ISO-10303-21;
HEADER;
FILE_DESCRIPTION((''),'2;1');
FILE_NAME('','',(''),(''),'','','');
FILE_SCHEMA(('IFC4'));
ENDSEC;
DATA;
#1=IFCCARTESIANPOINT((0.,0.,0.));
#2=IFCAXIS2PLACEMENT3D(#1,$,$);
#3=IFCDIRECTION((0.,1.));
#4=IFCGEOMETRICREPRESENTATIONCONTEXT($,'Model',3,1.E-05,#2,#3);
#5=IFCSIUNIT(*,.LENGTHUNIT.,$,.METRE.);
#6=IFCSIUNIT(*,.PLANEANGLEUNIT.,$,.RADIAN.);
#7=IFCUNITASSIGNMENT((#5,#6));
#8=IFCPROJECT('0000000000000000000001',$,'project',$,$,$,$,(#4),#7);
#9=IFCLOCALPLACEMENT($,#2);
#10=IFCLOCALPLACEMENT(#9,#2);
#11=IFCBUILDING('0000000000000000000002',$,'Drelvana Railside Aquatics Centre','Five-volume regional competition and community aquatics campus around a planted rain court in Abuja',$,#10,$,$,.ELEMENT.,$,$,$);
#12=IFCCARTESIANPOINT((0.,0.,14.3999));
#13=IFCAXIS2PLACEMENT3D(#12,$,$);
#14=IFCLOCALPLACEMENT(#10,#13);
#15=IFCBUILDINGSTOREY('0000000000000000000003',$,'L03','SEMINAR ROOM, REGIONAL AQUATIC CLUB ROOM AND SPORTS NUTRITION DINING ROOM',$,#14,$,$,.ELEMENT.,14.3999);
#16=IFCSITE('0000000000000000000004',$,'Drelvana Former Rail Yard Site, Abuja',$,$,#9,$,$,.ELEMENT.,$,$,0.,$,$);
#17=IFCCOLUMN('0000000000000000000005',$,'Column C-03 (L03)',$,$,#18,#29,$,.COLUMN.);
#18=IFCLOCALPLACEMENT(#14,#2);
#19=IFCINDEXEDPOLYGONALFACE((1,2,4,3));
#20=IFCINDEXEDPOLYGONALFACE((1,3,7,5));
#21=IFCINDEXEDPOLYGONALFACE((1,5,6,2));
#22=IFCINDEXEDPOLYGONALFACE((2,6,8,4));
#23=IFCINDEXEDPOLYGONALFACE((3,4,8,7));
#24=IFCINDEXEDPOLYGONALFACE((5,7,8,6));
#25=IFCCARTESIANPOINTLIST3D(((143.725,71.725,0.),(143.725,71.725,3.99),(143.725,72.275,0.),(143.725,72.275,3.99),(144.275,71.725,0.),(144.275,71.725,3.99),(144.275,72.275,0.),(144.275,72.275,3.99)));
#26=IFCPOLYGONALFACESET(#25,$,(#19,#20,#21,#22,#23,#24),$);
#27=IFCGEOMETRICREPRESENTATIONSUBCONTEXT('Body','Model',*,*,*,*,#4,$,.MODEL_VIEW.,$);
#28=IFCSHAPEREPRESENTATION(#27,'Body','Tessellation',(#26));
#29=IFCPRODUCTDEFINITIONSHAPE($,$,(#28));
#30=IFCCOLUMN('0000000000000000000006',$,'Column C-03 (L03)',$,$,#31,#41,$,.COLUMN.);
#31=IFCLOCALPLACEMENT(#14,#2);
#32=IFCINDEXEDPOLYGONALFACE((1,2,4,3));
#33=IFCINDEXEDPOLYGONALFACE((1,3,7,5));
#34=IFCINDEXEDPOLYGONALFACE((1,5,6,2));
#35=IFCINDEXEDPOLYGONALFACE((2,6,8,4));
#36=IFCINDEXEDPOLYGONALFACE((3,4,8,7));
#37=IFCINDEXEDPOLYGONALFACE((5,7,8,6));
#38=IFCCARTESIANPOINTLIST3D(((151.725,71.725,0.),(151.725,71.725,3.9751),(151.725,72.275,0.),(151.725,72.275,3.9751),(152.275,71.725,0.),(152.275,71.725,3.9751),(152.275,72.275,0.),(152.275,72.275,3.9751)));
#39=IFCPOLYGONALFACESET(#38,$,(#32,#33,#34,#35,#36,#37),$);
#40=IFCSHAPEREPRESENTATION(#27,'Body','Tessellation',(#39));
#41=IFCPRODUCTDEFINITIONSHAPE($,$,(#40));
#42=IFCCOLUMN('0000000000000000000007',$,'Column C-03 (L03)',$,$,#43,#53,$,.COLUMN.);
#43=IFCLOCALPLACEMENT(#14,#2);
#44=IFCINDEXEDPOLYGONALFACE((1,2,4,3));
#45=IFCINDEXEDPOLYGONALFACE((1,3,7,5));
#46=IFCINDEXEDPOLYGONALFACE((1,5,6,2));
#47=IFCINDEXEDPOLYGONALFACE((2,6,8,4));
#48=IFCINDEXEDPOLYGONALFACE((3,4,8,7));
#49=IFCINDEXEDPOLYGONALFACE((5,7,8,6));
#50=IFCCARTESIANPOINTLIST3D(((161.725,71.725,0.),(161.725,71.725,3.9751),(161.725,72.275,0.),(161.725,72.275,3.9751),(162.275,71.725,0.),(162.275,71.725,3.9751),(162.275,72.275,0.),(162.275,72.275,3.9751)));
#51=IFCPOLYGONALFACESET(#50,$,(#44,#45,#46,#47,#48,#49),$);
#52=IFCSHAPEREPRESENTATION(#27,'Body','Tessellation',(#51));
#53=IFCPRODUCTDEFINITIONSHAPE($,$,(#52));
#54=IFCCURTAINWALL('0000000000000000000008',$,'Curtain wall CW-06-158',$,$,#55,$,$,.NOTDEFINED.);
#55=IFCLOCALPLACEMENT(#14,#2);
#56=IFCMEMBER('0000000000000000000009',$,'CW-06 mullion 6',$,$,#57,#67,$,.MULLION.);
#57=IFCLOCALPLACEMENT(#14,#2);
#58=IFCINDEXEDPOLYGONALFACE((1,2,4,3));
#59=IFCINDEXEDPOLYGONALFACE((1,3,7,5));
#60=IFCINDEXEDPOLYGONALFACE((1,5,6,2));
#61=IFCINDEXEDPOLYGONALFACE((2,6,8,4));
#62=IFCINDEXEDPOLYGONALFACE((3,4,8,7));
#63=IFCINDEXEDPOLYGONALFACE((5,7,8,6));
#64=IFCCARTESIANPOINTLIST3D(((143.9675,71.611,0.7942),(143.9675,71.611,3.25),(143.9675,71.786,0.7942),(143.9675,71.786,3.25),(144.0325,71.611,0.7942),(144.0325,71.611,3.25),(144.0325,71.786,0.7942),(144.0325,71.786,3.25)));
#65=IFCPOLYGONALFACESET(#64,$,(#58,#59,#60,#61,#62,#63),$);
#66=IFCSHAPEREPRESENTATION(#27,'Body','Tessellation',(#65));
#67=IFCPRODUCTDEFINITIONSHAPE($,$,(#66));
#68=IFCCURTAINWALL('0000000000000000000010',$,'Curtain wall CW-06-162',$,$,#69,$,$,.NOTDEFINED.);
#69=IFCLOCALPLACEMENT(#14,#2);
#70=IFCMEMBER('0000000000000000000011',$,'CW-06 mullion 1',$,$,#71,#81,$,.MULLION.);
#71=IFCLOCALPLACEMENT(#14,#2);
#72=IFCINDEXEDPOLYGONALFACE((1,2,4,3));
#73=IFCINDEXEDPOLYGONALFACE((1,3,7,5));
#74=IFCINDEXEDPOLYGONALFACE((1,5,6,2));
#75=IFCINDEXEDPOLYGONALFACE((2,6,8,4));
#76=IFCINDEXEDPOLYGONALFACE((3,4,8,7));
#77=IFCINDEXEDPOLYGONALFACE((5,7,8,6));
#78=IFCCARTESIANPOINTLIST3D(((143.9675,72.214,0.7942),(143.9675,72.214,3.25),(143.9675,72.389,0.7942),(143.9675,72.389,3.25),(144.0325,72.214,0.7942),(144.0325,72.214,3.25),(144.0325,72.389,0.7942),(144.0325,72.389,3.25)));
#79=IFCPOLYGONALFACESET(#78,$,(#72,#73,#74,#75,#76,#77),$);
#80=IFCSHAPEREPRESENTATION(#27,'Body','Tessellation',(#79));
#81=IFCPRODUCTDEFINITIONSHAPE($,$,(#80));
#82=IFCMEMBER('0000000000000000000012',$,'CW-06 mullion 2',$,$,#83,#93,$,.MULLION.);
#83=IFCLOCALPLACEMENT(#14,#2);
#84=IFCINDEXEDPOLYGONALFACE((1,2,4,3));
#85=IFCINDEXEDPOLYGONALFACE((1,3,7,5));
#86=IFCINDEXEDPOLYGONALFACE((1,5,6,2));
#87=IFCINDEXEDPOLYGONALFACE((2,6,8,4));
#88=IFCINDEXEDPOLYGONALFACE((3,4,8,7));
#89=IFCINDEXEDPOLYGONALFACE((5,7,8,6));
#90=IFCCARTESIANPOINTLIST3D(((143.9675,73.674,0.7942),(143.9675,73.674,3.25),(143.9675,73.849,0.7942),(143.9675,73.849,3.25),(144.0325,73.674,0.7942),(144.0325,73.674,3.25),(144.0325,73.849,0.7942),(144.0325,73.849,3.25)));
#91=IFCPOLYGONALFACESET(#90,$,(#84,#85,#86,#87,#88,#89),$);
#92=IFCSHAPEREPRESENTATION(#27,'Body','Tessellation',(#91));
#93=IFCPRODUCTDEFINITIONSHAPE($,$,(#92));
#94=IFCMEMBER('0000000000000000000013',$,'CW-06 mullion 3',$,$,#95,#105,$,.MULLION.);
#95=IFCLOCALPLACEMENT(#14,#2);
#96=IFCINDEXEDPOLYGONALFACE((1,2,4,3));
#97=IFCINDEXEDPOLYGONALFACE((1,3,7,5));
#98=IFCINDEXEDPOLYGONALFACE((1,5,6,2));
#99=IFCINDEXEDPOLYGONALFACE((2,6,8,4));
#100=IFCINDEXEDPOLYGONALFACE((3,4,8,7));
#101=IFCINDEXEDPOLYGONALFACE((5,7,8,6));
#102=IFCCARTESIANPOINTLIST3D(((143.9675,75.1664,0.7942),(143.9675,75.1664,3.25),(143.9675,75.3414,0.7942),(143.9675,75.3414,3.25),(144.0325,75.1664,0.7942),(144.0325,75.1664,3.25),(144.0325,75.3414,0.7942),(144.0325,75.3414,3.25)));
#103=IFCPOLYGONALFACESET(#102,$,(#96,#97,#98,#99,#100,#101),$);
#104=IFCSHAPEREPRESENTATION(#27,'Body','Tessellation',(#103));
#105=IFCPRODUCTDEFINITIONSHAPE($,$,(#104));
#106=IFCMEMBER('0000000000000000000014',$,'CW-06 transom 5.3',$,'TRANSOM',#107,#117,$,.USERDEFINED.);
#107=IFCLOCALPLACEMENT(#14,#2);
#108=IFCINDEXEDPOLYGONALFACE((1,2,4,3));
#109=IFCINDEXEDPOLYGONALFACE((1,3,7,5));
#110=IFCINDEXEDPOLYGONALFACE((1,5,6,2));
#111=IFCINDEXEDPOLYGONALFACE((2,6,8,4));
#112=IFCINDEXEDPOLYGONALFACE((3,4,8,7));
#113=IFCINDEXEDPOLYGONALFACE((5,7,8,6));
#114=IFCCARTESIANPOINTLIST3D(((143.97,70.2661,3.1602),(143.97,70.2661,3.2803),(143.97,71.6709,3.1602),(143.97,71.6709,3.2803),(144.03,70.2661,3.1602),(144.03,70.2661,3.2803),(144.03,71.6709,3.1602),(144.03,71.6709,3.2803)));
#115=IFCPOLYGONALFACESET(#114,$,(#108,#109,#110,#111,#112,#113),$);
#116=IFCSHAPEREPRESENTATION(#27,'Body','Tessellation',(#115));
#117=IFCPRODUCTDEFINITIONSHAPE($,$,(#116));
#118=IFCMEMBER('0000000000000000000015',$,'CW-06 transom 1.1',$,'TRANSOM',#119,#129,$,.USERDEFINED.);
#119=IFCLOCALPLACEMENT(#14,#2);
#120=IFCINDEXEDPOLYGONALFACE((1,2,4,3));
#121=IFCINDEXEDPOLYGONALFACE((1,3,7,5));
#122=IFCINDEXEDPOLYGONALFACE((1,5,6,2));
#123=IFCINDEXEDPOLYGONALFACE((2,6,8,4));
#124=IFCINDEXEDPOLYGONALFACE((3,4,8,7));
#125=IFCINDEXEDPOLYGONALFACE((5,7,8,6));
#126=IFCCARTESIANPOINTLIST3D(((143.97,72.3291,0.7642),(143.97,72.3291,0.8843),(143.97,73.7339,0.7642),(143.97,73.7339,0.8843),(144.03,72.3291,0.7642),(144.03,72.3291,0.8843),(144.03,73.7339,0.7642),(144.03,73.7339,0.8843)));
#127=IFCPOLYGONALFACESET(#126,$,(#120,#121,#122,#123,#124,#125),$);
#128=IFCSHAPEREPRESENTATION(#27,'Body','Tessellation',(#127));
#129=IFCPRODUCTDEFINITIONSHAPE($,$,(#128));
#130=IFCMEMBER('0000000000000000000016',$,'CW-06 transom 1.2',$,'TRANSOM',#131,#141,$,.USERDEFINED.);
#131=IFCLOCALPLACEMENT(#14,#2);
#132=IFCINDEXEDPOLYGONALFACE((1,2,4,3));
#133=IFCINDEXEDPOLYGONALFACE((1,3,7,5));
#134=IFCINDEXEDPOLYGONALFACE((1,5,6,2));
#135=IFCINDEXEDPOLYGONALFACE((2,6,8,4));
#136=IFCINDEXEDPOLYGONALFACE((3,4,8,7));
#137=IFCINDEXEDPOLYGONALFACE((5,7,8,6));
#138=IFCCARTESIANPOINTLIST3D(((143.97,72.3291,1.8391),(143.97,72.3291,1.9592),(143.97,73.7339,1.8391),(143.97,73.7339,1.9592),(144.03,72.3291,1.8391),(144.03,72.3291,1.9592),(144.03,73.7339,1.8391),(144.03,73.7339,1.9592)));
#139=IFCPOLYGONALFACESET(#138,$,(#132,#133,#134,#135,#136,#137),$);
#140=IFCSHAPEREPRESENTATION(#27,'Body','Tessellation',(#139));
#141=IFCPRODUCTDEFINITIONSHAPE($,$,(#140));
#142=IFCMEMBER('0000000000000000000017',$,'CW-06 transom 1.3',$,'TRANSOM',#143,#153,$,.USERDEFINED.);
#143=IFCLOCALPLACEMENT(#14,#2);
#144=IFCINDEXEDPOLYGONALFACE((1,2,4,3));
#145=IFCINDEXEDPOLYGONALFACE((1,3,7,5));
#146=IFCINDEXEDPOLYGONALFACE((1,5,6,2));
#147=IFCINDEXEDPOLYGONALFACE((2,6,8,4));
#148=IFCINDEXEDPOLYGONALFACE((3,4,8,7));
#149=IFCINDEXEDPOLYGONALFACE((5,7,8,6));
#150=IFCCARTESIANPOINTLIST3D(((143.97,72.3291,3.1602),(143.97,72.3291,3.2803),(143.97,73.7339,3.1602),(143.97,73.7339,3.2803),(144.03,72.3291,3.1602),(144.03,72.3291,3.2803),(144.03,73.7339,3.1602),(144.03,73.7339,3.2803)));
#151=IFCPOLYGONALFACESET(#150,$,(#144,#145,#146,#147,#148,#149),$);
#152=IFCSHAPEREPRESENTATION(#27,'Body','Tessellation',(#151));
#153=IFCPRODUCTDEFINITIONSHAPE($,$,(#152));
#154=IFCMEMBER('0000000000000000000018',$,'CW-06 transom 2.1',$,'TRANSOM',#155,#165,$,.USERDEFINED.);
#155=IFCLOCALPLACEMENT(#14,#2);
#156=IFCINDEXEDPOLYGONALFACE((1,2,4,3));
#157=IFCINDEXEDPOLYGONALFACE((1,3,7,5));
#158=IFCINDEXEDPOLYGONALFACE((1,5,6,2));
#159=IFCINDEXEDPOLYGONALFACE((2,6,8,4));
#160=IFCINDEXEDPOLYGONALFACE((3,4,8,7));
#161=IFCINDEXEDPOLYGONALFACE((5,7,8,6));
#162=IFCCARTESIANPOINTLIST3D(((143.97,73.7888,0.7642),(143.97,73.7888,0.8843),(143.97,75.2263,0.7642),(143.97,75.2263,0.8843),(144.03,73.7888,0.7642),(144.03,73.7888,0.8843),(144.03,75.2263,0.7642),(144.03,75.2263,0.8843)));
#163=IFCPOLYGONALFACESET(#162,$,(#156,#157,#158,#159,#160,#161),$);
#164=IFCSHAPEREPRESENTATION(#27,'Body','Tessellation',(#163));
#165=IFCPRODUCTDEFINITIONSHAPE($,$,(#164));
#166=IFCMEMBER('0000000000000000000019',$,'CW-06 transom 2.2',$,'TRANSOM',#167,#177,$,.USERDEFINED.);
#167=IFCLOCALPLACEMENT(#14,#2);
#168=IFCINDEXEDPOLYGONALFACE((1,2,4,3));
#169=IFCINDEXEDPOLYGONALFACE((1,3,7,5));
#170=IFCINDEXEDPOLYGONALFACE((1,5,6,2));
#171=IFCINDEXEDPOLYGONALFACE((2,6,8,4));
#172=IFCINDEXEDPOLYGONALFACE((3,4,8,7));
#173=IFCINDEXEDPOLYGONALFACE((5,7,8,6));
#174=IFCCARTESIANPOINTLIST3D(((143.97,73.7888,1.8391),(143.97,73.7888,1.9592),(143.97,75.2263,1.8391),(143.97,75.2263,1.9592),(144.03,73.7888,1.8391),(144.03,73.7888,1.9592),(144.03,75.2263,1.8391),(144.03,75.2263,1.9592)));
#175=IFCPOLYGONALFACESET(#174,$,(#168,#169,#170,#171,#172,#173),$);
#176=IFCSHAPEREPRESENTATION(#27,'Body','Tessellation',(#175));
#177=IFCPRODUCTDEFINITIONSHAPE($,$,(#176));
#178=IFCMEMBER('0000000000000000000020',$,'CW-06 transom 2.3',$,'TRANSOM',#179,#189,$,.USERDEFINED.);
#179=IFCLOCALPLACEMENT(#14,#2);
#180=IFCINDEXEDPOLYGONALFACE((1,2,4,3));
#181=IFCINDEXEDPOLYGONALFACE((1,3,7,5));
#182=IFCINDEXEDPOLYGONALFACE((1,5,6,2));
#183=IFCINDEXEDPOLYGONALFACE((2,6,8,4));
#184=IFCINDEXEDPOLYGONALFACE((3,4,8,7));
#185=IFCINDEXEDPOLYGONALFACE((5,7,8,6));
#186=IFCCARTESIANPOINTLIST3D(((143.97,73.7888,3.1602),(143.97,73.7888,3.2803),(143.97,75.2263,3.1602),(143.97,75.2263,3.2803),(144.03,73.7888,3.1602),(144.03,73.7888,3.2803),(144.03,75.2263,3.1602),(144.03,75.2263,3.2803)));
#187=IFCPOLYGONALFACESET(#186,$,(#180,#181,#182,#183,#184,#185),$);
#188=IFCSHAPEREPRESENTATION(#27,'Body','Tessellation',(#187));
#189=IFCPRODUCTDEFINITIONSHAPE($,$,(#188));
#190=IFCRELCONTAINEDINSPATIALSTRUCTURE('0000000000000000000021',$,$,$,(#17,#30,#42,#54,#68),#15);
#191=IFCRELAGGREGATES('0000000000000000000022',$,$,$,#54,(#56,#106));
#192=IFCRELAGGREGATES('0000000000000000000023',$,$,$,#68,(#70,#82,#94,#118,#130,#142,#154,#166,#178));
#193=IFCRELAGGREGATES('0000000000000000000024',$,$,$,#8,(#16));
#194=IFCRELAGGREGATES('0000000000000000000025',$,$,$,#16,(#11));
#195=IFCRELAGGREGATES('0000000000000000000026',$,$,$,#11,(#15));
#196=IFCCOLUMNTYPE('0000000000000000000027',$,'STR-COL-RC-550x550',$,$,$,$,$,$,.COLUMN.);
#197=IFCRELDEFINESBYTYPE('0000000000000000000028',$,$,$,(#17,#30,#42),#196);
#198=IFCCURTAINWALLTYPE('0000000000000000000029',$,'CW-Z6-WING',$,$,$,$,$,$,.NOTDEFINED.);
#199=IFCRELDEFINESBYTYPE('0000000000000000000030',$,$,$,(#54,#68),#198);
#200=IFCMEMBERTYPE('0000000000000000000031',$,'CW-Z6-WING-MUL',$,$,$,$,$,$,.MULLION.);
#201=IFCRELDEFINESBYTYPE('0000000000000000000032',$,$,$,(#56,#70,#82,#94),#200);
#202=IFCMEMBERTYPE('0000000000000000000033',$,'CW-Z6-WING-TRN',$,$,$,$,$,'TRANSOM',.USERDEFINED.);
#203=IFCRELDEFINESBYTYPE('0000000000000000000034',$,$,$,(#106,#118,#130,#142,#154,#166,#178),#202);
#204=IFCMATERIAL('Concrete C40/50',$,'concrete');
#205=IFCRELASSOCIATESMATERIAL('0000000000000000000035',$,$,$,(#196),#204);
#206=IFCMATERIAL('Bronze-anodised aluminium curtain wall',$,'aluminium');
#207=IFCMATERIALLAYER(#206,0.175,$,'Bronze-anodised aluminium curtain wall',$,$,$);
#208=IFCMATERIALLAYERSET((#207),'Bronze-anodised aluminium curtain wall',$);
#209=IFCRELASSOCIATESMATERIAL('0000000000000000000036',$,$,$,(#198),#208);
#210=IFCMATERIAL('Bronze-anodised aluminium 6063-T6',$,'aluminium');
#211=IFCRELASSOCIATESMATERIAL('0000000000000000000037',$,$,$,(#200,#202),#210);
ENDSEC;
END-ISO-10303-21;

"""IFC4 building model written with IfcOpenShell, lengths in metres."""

from ifc_helpers import new_model, si_unit, direction, frame, origin, origin_2d, place, context, subcontext, project, spatial, rectangle, extrude, material, layer, layer_set, material_profile, profile_set, type_object, element, aggregate, save


model = new_model("IFC4")

# Units and contexts
model_context = context("Model", 3, precision=1e-05, world=origin(), true_north=direction((0.0, 1.0)))
body_context = subcontext(model_context, "Body", "Model", "MODEL_VIEW")
ifc_project = project(units=[si_unit("LENGTHUNIT", "METRE"), si_unit("PLANEANGLEUNIT", "RADIAN")], contexts=[model_context])

# Site, building, storey
site_placement = place(None, origin())
site = spatial("IfcSite", under=ifc_project, at=site_placement, Name="Drelvana Former Rail Yard Site, Abuja", CompositionType="ELEMENT", RefElevation=0.0)
building_placement = place(site_placement, origin())
building = spatial("IfcBuilding", under=site, at=building_placement, Name="Drelvana Railside Aquatics Centre", Description="Five-volume regional competition and community aquatics campus around a planted rain court in Abuja", CompositionType="ELEMENT")
storey_placement = place(building_placement, frame((0.0, 0.0, 14.3999)))
storey = spatial("IfcBuildingStorey", under=building, at=storey_placement, Name="L03", Description="SEMINAR ROOM, REGIONAL AQUATIC CLUB ROOM AND SPORTS NUTRITION DINING ROOM", CompositionType="ELEMENT", Elevation=14.3999)

# Columns
ifc_material_1 = material(Name="Concrete C40/50", Category="concrete")
ifc_material_profile_1 = material_profile(ifc_material_1, rectangle(XDim=0.55, YDim=0.55, at=origin_2d()), Name="RC 550x550")
ifc_profile_set_1 = profile_set([ifc_material_profile_1], Name="Concrete C40/50")
column_type = type_object("IfcColumnType", Name="STR-COL-RC-550x550", PredefinedType="COLUMN", material=ifc_profile_set_1)
column_placement = place(storey_placement, frame((144.0, 72.0, 0.0), z_axis=(0.0, 0.0, 1.0), x_axis=(1.0, 0.0, 0.0)))
element("IfcColumn", 1, at=column_placement, inside=storey, type_object=column_type, Name="Column C-03 (L03)", PredefinedType="COLUMN", context=body_context, shape_type="SweptSolid", body=[
    extrude(rectangle(XDim=0.55, YDim=0.55, at=origin_2d()), origin(), (0.0, 0.0, 1.0), 3.99),
])
for number, where, z_axis, x_axis, name in (
    (2, (152.0, 72.0, 0.0), (0.0, 0.0, 1.0), (1.0, 0.0, 0.0), "Column C-03 (L03)"),
    (3, (162.0, 72.0, 0.0), (0.0, 0.0, 1.0), (1.0, 0.0, 0.0), "Column C-03 (L03)"),
):
    element("IfcColumn", number, at=place(storey_placement, frame(where, z_axis=z_axis, x_axis=x_axis)), inside=storey, type_object=column_type, Name=name, PredefinedType="COLUMN", context=body_context, shape_type="SweptSolid", body=[
        extrude(rectangle(XDim=0.55, YDim=0.55, at=origin_2d()), origin(), (0.0, 0.0, 1.0), 3.9751),
    ])

# Curtain wall, member
ifc_material_2 = material(Name="Bronze-anodised aluminium curtain wall", Category="aluminium")
ifc_layer_1 = layer(ifc_material_2, 0.175, Name="Bronze-anodised aluminium curtain wall")
ifc_layer_set_1 = layer_set([ifc_layer_1], Name="Bronze-anodised aluminium curtain wall")
curtain_wall_type = type_object("IfcCurtainWallType", Name="CW-Z6-WING", PredefinedType="NOTDEFINED", material=ifc_layer_set_1)
curtain_wall_1_placement = place(storey_placement, origin())
curtain_wall_1 = element("IfcCurtainWall", 4, at=curtain_wall_1_placement, inside=storey, type_object=curtain_wall_type, Name="Curtain wall CW-06-158", PredefinedType="NOTDEFINED")
ifc_material_3 = material(Name="Bronze-anodised aluminium 6063-T6", Category="aluminium")
ifc_material_profile_2 = material_profile(ifc_material_3, rectangle(XDim=0.0649, YDim=0.175, at=origin_2d()), Name="ALU-M 65x175")
ifc_profile_set_2 = profile_set([ifc_material_profile_2], Name="Bronze-anodised aluminium 6063-T6")
member_type_1 = type_object("IfcMemberType", Name="CW-Z6-WING-MUL", PredefinedType="MULLION", material=ifc_profile_set_2)
member_1_placement = place(storey_placement, frame((144.0, 71.6985, 0.7942), z_axis=(0.0, 0.0, 1.0), x_axis=(-1.0, 0.0, 0.0)))
member_1 = element("IfcMember", 5, at=member_1_placement, type_object=member_type_1, Name="CW-06 mullion 6", PredefinedType="MULLION", context=body_context, shape_type="SweptSolid", body=[
    extrude(rectangle(XDim=0.0649, YDim=0.175, at=origin_2d()), origin(), (0.0, 0.0, 1.0), 2.4558),
])

# Curtain wall, members
curtain_wall_2_placement = place(storey_placement, origin())
curtain_wall_2 = element("IfcCurtainWall", 6, at=curtain_wall_2_placement, inside=storey, type_object=curtain_wall_type, Name="Curtain wall CW-06-162", PredefinedType="NOTDEFINED")
member_2_placement = place(storey_placement, frame((144.0, 72.3015, 0.7942), z_axis=(0.0, 0.0, 1.0), x_axis=(-1.0, 0.0, 0.0)))
member_2 = element("IfcMember", 7, at=member_2_placement, type_object=member_type_1, Name="CW-06 mullion 1", PredefinedType="MULLION", context=body_context, shape_type="SweptSolid", body=[
    extrude(rectangle(XDim=0.0649, YDim=0.175, at=origin_2d()), origin(), (0.0, 0.0, 1.0), 2.4558),
])
member_3_placement = place(storey_placement, frame((144.0, 73.7615, 0.7942), z_axis=(0.0, 0.0, 1.0), x_axis=(-1.0, 0.0, 0.0)))
member_3 = element("IfcMember", 8, at=member_3_placement, type_object=member_type_1, Name="CW-06 mullion 2", PredefinedType="MULLION", context=body_context, shape_type="SweptSolid", body=[
    extrude(rectangle(XDim=0.0649, YDim=0.175, at=origin_2d()), origin(), (0.0, 0.0, 1.0), 2.4558),
])
member_4_placement = place(storey_placement, frame((144.0, 75.2539, 0.7942), z_axis=(0.0, 0.0, 1.0), x_axis=(-1.0, 0.0, 0.0)))
member_4 = element("IfcMember", 9, at=member_4_placement, type_object=member_type_1, Name="CW-06 mullion 3", PredefinedType="MULLION", context=body_context, shape_type="SweptSolid", body=[
    extrude(rectangle(XDim=0.0649, YDim=0.175, at=origin_2d()), origin(), (0.0, 0.0, 1.0), 2.4558),
])

# Members
ifc_material_profile_3 = material_profile(ifc_material_3, rectangle(XDim=0.1201, YDim=0.0601, at=origin_2d()), Name="ALU-T 60x120")
ifc_profile_set_3 = profile_set([ifc_material_profile_3], Name="Bronze-anodised aluminium 6063-T6")
member_type_2 = type_object("IfcMemberType", Name="CW-Z6-WING-TRN", ElementType="TRANSOM", PredefinedType="USERDEFINED", material=ifc_profile_set_3)
member_5_placement = place(storey_placement, frame((144.0, 70.2661, 3.2202), z_axis=(0.0, 1.0, 0.0), x_axis=(0.0, 0.0, 1.0)))
member_5 = element("IfcMember", 10, at=member_5_placement, type_object=member_type_2, Name="CW-06 transom 5.3", ObjectType="TRANSOM", PredefinedType="USERDEFINED", context=body_context, shape_type="SweptSolid", body=[
    extrude(rectangle(XDim=0.1201, YDim=0.0601, at=origin_2d()), origin(), (0.0, 0.0, 1.0), 1.4048),
])
member_6_placement = place(storey_placement, frame((144.0, 72.3291, 0.8242), z_axis=(0.0, 1.0, 0.0), x_axis=(0.0, 0.0, 1.0)))
member_6 = element("IfcMember", 11, at=member_6_placement, type_object=member_type_2, Name="CW-06 transom 1.1", ObjectType="TRANSOM", PredefinedType="USERDEFINED", context=body_context, shape_type="SweptSolid", body=[
    extrude(rectangle(XDim=0.1201, YDim=0.0601, at=origin_2d()), origin(), (0.0, 0.0, 1.0), 1.4048),
])
member_7_placement = place(storey_placement, frame((144.0, 72.3291, 1.8992), z_axis=(0.0, 1.0, 0.0), x_axis=(0.0, 0.0, 1.0)))
member_7 = element("IfcMember", 12, at=member_7_placement, type_object=member_type_2, Name="CW-06 transom 1.2", ObjectType="TRANSOM", PredefinedType="USERDEFINED", context=body_context, shape_type="SweptSolid", body=[
    extrude(rectangle(XDim=0.1201, YDim=0.0601, at=origin_2d()), origin(), (0.0, 0.0, 1.0), 1.4048),
])
member_8_placement = place(storey_placement, frame((144.0, 72.3291, 3.2202), z_axis=(0.0, 1.0, 0.0), x_axis=(0.0, 0.0, 1.0)))
member_8 = element("IfcMember", 13, at=member_8_placement, type_object=member_type_2, Name="CW-06 transom 1.3", ObjectType="TRANSOM", PredefinedType="USERDEFINED", context=body_context, shape_type="SweptSolid", body=[
    extrude(rectangle(XDim=0.1201, YDim=0.0601, at=origin_2d()), origin(), (0.0, 0.0, 1.0), 1.4048),
])
member_9_placement = place(storey_placement, frame((144.0, 73.7888, 0.8242), z_axis=(0.0, 1.0, 0.0), x_axis=(0.0, 0.0, 1.0)))
member_9 = element("IfcMember", 14, at=member_9_placement, type_object=member_type_2, Name="CW-06 transom 2.1", ObjectType="TRANSOM", PredefinedType="USERDEFINED", context=body_context, shape_type="SweptSolid", body=[
    extrude(rectangle(XDim=0.1201, YDim=0.0601, at=origin_2d()), origin(), (0.0, 0.0, 1.0), 1.4375),
])
member_10_placement = place(storey_placement, frame((144.0, 73.7888, 1.8992), z_axis=(0.0, 1.0, 0.0), x_axis=(0.0, 0.0, 1.0)))
member_10 = element("IfcMember", 15, at=member_10_placement, type_object=member_type_2, Name="CW-06 transom 2.2", ObjectType="TRANSOM", PredefinedType="USERDEFINED", context=body_context, shape_type="SweptSolid", body=[
    extrude(rectangle(XDim=0.1201, YDim=0.0601, at=origin_2d()), origin(), (0.0, 0.0, 1.0), 1.4375),
])
member_11_placement = place(storey_placement, frame((144.0, 73.7888, 3.2202), z_axis=(0.0, 1.0, 0.0), x_axis=(0.0, 0.0, 1.0)))
member_11 = element("IfcMember", 16, at=member_11_placement, type_object=member_type_2, Name="CW-06 transom 2.3", ObjectType="TRANSOM", PredefinedType="USERDEFINED", context=body_context, shape_type="SweptSolid", body=[
    extrude(rectangle(XDim=0.1201, YDim=0.0601, at=origin_2d()), origin(), (0.0, 0.0, 1.0), 1.4375),
])

aggregate(curtain_wall_1, [member_1, member_5])
aggregate(curtain_wall_2, [member_2, member_3, member_4, member_6, member_7, member_8, member_9, member_10, member_11])

save(model, "model.ifc")
